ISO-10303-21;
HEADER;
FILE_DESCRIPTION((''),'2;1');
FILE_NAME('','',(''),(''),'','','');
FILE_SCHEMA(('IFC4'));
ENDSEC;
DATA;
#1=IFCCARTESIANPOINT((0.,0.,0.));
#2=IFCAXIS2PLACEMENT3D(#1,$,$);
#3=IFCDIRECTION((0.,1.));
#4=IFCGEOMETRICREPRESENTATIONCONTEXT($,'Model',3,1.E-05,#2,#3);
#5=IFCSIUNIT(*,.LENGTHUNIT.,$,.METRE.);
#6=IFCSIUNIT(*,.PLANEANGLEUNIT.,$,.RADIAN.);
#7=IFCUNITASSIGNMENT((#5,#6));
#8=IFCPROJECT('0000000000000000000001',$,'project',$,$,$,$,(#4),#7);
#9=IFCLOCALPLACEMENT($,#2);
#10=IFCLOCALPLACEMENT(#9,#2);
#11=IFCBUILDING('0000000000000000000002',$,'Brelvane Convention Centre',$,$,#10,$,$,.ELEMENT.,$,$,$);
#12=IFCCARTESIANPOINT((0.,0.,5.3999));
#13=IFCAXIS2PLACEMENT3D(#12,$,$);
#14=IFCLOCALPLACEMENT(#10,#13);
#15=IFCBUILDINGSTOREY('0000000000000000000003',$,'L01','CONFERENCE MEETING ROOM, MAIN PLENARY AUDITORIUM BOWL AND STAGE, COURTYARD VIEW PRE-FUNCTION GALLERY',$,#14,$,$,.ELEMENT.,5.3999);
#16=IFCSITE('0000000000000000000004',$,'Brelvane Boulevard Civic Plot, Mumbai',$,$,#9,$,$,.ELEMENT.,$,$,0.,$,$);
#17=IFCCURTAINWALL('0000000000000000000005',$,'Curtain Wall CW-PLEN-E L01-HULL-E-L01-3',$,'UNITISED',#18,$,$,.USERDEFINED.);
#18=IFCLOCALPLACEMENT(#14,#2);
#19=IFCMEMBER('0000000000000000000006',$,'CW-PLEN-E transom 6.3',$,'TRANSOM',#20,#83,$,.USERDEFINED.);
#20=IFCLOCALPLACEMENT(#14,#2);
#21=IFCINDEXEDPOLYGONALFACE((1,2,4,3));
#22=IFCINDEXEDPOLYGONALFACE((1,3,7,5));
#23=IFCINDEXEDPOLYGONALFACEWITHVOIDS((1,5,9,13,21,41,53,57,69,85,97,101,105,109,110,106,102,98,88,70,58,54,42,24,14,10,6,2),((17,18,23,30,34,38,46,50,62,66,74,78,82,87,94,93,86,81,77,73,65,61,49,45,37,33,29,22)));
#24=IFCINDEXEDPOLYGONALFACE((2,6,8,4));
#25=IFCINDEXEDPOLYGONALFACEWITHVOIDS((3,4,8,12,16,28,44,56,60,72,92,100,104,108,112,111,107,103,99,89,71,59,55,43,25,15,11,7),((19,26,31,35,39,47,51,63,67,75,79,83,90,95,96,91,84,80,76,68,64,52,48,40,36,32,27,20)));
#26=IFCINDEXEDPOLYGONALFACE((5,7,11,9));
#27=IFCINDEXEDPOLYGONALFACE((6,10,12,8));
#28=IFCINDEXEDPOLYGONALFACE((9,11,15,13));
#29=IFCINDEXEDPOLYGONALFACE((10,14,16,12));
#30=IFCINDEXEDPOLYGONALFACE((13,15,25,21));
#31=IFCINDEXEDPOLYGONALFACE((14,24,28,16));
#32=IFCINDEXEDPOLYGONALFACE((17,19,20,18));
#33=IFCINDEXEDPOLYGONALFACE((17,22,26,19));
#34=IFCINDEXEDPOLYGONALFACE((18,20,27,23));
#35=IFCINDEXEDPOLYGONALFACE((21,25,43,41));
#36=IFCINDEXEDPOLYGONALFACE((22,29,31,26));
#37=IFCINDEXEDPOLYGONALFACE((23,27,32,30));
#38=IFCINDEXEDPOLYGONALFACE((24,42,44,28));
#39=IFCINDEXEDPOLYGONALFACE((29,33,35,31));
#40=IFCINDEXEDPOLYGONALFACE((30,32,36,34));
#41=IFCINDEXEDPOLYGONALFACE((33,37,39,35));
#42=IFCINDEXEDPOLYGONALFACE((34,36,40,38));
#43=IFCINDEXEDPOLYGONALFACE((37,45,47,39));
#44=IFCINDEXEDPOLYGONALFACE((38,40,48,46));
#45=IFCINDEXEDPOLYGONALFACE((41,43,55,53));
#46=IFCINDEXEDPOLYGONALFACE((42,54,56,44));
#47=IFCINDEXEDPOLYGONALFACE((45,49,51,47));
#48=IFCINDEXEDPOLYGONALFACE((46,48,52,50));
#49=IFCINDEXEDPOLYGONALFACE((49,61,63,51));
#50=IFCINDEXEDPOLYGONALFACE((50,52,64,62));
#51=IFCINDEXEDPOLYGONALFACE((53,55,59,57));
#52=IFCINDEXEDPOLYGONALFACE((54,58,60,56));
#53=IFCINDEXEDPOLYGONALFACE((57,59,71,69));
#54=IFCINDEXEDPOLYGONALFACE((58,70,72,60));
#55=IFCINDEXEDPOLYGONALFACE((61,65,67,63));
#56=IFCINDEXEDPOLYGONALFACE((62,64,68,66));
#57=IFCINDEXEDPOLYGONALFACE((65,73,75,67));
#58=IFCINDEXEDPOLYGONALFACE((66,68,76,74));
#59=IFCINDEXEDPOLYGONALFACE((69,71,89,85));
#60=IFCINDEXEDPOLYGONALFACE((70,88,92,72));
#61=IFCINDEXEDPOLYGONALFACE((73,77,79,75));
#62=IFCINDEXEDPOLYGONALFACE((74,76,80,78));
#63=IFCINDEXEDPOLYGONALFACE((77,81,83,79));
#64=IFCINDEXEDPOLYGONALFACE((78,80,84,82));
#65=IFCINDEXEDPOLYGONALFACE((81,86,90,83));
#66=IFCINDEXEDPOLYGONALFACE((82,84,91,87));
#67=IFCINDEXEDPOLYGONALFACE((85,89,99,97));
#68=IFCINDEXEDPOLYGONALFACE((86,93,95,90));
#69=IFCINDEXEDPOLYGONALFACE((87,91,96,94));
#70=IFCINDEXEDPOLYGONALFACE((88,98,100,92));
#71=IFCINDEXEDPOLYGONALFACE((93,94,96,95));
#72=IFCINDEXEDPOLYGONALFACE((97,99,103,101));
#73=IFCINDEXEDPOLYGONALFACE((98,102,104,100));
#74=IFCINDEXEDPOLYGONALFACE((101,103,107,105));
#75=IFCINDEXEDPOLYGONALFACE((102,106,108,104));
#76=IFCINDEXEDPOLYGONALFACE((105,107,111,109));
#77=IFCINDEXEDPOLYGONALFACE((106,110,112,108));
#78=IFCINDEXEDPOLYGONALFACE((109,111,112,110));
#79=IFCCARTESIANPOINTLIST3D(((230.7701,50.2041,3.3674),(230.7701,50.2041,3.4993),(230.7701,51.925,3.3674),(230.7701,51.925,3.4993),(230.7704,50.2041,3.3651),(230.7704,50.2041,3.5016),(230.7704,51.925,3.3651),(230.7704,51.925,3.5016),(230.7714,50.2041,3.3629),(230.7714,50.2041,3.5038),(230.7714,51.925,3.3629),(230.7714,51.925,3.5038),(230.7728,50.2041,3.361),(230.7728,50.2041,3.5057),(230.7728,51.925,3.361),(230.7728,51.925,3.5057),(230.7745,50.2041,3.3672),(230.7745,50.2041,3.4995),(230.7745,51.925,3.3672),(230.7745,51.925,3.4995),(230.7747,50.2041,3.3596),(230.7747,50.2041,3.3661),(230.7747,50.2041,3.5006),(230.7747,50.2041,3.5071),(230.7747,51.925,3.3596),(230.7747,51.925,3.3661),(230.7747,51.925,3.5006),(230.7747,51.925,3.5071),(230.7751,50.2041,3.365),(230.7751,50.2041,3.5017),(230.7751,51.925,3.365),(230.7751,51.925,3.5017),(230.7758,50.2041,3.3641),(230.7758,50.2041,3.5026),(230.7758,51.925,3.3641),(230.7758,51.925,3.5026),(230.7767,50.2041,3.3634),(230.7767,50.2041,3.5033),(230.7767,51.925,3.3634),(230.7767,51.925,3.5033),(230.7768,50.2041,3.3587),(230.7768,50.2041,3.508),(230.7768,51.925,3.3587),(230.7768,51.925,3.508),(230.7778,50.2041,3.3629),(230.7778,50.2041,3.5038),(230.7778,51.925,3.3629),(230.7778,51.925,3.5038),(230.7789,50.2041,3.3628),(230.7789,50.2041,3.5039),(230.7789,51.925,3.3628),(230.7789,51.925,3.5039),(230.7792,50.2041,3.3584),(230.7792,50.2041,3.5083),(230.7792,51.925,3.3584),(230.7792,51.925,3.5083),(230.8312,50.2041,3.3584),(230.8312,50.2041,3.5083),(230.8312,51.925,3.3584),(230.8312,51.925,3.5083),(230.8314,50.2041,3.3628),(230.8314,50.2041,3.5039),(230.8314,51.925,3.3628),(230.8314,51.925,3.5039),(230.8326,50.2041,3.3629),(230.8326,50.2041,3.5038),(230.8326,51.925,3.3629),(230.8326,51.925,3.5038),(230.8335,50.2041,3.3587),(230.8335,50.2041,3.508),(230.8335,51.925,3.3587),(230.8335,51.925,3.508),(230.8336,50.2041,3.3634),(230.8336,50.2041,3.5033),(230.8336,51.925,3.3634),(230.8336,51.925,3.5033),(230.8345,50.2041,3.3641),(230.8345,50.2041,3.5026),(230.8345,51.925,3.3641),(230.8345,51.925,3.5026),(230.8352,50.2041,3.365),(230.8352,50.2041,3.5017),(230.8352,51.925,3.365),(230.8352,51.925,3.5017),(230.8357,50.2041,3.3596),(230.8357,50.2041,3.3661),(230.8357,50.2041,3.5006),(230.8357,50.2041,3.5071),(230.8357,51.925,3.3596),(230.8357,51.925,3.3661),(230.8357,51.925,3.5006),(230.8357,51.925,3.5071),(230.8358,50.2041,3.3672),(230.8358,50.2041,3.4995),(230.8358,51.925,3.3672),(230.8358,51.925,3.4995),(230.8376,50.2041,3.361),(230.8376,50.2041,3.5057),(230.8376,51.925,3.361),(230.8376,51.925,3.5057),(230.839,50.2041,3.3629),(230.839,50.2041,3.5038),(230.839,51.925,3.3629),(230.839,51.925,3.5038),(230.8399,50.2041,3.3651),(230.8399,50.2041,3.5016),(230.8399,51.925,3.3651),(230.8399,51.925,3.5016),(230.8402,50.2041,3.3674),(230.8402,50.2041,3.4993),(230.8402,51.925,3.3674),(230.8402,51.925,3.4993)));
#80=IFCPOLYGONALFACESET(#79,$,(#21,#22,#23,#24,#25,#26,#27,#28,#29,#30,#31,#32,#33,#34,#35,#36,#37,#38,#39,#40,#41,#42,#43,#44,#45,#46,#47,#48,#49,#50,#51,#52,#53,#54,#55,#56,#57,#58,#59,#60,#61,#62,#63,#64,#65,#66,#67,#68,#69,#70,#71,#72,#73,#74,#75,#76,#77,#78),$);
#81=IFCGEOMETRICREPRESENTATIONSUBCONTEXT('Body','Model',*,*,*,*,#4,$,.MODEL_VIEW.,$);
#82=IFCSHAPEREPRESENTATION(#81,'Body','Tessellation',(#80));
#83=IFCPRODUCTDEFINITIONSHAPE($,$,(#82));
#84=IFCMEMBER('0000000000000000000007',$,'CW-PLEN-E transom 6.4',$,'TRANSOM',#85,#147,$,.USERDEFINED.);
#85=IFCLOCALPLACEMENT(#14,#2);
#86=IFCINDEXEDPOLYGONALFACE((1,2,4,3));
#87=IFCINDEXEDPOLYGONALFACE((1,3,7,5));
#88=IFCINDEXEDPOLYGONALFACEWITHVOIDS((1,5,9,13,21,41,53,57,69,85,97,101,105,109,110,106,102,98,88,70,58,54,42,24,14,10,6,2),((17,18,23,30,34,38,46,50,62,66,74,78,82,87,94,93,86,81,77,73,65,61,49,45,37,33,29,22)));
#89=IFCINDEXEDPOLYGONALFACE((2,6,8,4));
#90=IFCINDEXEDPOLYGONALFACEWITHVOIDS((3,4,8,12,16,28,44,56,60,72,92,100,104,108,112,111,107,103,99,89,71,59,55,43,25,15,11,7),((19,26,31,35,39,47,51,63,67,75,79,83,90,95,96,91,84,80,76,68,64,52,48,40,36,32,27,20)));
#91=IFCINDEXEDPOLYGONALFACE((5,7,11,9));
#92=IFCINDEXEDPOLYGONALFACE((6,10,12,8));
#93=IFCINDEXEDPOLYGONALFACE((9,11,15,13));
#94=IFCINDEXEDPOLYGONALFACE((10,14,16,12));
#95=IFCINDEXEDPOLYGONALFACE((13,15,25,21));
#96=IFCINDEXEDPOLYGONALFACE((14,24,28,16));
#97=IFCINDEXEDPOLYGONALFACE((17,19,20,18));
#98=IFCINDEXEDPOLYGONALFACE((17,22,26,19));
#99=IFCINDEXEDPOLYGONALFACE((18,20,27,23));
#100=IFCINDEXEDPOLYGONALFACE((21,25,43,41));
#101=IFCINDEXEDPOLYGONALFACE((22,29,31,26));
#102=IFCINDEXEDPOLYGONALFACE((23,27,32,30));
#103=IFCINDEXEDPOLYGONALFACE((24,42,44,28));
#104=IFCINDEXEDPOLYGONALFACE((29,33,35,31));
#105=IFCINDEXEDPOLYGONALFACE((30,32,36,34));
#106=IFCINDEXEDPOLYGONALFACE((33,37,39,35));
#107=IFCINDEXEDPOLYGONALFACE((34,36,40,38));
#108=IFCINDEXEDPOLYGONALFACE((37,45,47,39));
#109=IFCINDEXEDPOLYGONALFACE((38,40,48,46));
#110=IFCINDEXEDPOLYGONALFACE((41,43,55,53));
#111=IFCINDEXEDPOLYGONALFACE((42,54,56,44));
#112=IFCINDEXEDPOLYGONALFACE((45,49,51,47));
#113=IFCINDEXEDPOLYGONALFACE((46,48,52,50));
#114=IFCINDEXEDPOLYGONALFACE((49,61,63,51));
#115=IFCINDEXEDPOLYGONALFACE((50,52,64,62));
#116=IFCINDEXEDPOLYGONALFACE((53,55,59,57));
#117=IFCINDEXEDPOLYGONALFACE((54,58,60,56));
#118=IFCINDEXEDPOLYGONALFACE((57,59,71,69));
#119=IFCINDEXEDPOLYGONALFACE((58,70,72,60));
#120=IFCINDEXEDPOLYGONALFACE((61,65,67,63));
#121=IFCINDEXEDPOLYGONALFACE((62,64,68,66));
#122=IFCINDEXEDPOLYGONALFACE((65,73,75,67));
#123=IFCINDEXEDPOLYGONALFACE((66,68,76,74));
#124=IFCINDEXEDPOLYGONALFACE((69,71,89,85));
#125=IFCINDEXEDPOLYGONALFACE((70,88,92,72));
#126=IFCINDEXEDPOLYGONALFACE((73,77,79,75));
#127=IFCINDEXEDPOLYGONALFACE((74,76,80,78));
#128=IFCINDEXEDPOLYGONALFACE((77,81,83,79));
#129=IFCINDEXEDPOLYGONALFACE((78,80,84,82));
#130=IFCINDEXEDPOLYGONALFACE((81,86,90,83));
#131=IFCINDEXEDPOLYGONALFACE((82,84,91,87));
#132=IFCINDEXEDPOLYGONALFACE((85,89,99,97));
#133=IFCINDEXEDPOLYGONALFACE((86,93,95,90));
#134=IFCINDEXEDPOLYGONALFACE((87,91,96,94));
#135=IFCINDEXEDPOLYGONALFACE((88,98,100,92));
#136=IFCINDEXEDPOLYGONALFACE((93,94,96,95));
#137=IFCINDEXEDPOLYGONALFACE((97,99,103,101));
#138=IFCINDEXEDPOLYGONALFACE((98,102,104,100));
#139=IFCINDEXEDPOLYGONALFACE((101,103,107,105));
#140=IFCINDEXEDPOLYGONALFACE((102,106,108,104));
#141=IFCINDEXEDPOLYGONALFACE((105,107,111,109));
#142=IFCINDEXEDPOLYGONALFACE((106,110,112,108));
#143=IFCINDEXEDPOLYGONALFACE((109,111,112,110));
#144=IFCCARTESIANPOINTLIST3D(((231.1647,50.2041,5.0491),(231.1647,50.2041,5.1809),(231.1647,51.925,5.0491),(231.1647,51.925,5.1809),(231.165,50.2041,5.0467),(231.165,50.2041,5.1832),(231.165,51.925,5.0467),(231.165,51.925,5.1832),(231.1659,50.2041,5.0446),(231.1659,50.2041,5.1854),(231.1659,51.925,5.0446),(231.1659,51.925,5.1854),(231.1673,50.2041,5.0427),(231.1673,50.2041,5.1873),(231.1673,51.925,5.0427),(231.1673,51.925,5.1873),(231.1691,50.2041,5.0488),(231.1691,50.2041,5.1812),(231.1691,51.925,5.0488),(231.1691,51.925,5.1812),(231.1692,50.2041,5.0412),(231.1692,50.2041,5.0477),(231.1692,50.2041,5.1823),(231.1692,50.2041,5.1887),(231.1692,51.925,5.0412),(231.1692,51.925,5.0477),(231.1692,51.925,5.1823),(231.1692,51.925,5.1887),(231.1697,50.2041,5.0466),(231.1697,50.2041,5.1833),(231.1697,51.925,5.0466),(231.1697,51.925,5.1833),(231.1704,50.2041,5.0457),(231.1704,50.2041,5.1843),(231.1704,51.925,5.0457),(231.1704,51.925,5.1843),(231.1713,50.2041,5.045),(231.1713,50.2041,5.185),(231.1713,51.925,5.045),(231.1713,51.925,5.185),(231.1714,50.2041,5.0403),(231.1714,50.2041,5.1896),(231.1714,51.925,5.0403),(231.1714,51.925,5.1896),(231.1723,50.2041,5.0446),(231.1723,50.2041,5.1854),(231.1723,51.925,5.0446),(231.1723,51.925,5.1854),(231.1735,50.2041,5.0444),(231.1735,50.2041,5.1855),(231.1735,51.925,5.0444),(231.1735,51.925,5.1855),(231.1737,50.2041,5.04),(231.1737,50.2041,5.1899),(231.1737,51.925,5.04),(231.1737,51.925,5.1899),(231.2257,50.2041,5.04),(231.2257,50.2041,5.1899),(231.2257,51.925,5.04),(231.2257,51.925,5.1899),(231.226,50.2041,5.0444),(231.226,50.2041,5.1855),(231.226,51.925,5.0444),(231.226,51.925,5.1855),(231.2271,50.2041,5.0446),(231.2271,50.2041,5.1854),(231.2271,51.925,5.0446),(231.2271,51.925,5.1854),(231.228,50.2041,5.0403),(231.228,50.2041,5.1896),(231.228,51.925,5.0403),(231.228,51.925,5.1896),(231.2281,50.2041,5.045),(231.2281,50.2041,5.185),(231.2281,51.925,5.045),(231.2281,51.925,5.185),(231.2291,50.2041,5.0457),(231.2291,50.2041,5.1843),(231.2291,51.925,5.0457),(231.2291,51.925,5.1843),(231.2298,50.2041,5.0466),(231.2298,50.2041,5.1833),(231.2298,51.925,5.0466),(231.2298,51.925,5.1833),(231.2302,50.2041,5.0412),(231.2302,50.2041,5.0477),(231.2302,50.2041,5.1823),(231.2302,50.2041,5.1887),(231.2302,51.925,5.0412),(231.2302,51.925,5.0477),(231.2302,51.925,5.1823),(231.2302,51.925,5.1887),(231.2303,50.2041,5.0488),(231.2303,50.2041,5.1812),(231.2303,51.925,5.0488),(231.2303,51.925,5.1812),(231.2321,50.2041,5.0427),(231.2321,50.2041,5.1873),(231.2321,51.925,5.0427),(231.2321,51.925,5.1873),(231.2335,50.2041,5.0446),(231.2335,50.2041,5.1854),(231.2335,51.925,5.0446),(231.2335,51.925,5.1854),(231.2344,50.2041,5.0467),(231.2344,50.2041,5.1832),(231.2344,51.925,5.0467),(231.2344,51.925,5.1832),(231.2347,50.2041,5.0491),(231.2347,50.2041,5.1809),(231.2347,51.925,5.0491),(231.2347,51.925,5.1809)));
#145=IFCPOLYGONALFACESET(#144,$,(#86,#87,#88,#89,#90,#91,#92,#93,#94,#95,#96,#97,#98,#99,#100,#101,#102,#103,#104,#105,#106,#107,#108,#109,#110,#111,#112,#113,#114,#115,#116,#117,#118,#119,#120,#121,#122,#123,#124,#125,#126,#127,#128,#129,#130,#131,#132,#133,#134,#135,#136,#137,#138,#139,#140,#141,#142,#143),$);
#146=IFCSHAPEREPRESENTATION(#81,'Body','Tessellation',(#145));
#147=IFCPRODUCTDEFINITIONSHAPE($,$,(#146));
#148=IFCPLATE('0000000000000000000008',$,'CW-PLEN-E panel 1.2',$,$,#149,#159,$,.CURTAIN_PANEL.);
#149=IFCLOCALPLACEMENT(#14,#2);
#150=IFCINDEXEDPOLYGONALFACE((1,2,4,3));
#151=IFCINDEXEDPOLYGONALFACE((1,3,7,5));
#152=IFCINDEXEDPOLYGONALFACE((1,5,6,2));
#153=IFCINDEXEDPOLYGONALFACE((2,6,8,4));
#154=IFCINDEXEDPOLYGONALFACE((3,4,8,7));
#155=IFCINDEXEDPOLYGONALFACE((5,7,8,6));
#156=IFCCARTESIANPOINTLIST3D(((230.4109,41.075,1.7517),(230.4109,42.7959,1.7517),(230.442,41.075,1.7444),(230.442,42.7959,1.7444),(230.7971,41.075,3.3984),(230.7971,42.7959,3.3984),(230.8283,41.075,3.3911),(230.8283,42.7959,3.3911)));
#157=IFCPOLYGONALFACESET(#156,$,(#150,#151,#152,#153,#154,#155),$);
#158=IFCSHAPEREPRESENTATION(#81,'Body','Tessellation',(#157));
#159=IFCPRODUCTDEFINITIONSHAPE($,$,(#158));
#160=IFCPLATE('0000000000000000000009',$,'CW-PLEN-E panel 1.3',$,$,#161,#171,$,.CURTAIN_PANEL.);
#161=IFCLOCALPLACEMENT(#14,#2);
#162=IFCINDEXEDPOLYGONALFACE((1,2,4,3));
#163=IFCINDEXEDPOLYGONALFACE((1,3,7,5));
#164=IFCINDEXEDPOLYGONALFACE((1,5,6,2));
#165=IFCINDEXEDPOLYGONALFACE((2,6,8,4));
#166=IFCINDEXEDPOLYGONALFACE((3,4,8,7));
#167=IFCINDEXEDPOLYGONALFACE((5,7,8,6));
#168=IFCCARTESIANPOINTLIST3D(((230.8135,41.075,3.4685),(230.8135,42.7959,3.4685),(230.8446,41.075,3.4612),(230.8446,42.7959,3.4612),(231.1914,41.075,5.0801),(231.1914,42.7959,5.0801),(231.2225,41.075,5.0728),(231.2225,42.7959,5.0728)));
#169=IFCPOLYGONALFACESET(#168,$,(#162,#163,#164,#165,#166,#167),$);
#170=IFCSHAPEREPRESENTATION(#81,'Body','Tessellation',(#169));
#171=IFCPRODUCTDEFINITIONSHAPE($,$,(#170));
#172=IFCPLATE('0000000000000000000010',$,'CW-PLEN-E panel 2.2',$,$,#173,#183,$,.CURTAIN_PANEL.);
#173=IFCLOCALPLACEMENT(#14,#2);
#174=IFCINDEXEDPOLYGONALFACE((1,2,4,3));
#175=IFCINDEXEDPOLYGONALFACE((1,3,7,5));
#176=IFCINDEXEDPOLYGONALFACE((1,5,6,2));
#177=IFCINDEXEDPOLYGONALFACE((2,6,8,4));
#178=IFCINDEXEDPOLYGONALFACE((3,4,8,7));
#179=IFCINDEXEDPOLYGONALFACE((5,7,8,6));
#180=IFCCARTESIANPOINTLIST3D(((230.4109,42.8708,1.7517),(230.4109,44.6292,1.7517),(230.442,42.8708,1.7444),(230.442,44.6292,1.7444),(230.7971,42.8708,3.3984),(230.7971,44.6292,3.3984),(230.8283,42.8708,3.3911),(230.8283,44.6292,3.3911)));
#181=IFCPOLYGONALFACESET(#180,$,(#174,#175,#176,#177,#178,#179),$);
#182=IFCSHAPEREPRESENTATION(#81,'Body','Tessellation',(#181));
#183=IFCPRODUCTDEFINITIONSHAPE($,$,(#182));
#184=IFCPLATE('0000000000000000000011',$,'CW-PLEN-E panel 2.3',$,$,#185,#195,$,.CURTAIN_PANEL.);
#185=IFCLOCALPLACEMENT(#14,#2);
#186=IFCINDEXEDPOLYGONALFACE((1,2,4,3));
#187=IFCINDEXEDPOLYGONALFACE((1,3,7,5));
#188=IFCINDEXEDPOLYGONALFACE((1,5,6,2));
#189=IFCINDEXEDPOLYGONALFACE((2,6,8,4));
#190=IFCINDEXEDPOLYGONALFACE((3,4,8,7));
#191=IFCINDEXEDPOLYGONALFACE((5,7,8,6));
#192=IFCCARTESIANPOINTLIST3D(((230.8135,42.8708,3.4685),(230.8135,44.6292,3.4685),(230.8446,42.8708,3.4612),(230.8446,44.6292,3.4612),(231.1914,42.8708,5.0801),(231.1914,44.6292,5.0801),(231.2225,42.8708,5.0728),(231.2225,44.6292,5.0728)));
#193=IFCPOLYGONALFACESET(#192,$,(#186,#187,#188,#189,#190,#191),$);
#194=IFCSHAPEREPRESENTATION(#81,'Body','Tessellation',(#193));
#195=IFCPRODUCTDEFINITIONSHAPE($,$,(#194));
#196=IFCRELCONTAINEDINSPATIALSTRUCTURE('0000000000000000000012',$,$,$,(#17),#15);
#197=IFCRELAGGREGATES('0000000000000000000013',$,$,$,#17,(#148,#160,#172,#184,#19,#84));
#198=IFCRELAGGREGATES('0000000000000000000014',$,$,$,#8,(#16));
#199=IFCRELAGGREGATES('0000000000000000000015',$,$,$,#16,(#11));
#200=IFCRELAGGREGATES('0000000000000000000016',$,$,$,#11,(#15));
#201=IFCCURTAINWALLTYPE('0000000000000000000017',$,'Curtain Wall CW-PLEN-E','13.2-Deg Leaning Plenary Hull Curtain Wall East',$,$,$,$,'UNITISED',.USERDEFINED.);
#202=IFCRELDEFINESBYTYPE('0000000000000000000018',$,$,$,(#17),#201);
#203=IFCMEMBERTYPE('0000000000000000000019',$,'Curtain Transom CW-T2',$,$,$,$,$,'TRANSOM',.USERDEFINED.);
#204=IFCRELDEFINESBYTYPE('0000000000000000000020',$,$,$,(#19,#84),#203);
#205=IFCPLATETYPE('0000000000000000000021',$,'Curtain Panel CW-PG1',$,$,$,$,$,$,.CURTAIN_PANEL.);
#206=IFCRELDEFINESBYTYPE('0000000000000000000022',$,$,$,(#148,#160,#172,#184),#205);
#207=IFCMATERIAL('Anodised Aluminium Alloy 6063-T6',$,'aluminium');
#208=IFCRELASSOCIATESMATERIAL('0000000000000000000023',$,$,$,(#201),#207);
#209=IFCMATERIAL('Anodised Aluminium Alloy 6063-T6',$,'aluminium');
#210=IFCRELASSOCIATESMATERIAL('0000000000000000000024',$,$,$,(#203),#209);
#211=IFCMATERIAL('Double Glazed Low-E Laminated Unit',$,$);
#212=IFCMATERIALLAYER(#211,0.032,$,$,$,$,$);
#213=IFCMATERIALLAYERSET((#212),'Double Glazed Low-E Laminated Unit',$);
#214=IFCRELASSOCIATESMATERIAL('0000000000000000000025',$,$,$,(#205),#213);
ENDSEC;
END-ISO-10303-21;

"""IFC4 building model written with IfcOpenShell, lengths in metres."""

from ifc_helpers import new_model, si_unit, direction, frame, origin, origin_2d, place, context, subcontext, project, spatial, polyline, hollow_rectangle, outline, extrude, material, layer, layer_set, material_profile, profile_set, type_object, element, aggregate, save


model = new_model("IFC4")

# Units and contexts
model_context = context("Model", 3, precision=1e-05, world=origin(), true_north=direction((0.0, 1.0)))
body_context = subcontext(model_context, "Body", "Model", "MODEL_VIEW")
ifc_project = project(units=[si_unit("LENGTHUNIT", "METRE"), si_unit("PLANEANGLEUNIT", "RADIAN")], contexts=[model_context])

# Site, building, storey
site_placement = place(None, origin())
site = spatial("IfcSite", under=ifc_project, at=site_placement, Name="Brelvane Boulevard Civic Plot, Mumbai", CompositionType="ELEMENT", RefElevation=0.0)
building_placement = place(site_placement, origin())
building = spatial("IfcBuilding", under=site, at=building_placement, Name="Brelvane Convention Centre", CompositionType="ELEMENT")
storey_placement = place(building_placement, frame((0.0, 0.0, 5.3999)))
storey = spatial("IfcBuildingStorey", under=building, at=storey_placement, Name="L01", Description="CONFERENCE MEETING ROOM, MAIN PLENARY AUDITORIUM BOWL AND STAGE, COURTYARD VIEW PRE-FUNCTION GALLERY", CompositionType="ELEMENT", Elevation=5.3999)

# Curtain wall, members, plates
ifc_material_1 = material(Name="Anodised Aluminium Alloy 6063-T6", Category="aluminium")
curtain_wall_type = type_object("IfcCurtainWallType", Name="Curtain Wall CW-PLEN-E", Description="13.2-Deg Leaning Plenary Hull Curtain Wall East", ElementType="UNITISED", PredefinedType="USERDEFINED", material=ifc_material_1)
curtain_wall_placement = place(storey_placement, origin())
curtain_wall = element("IfcCurtainWall", 1, at=curtain_wall_placement, inside=storey, type_object=curtain_wall_type, Name="Curtain Wall CW-PLEN-E L01-HULL-E-L01-3", ObjectType="UNITISED", PredefinedType="USERDEFINED")
ifc_material_2 = material(Name="Anodised Aluminium Alloy 6063-T6", Category="aluminium")
ifc_material_profile = material_profile(ifc_material_2, hollow_rectangle(XDim=0.0701, YDim=0.1499, WallThickness=0.0044, InnerFilletRadius=0.0044, OuterFilletRadius=0.009, at=origin_2d()), Name="ALU-T 150x70x4.5")
ifc_profile_set = profile_set([ifc_material_profile], Name="Anodised Aluminium Alloy 6063-T6")
member_type = type_object("IfcMemberType", Name="Curtain Transom CW-T2", ElementType="TRANSOM", PredefinedType="USERDEFINED", material=ifc_profile_set)
member_1_placement = place(storey_placement, frame((230.8052, 50.2041, 3.4333), z_axis=(0.0, 1.0, 0.0), x_axis=(-1.0, 0.0, 0.0)))
member_1 = element("IfcMember", 2, at=member_1_placement, type_object=member_type, Name="CW-PLEN-E transom 6.3", ObjectType="TRANSOM", PredefinedType="USERDEFINED", context=body_context, shape_type="SweptSolid", body=[
    extrude(hollow_rectangle(XDim=0.0701, YDim=0.1499, WallThickness=0.0044, InnerFilletRadius=0.0044, OuterFilletRadius=0.009, at=origin_2d()), origin(), (0.0, 0.0, 1.0), 1.7209),
])
member_2_placement = place(storey_placement, frame((231.1997, 50.2041, 5.115), z_axis=(0.0, 1.0, 0.0), x_axis=(-1.0, 0.0, 0.0)))
member_2 = element("IfcMember", 3, at=member_2_placement, type_object=member_type, Name="CW-PLEN-E transom 6.4", ObjectType="TRANSOM", PredefinedType="USERDEFINED", context=body_context, shape_type="SweptSolid", body=[
    extrude(hollow_rectangle(XDim=0.0701, YDim=0.1499, WallThickness=0.0044, InnerFilletRadius=0.0044, OuterFilletRadius=0.009, at=origin_2d()), origin(), (0.0, 0.0, 1.0), 1.7209),
])
ifc_material_3 = material(Name="Double Glazed Low-E Laminated Unit")
ifc_layer_1 = layer(ifc_material_3, 0.032)
ifc_layer_set_1 = layer_set([ifc_layer_1], Name="Double Glazed Low-E Laminated Unit")
plate_type_1 = type_object("IfcPlateType", Name="Curtain Panel CW-PG1", PredefinedType="CURTAIN_PANEL", material=ifc_layer_set_1)
plate_1_placement = place(storey_placement, frame((230.4109, 41.075, 1.7517), z_axis=(-0.97358, 0.0, 0.228347), x_axis=(0.0, 1.0, 0.0)))
plate_1 = element("IfcPlate", 4, at=plate_1_placement, type_object=plate_type_1, Name="CW-PLEN-E panel 1.2", PredefinedType="CURTAIN_PANEL", context=body_context, shape_type="SweptSolid", body=[
    extrude(outline(polyline([(0.0, 0.0), (1.7209, 0.0), (1.7209, -1.6914), (0.0, -1.6914), (0.0, 0.0)])), origin(), (0.0, 0.0, -1.0), 0.032),
])
plate_2_placement = place(storey_placement, frame((230.8135, 41.075, 3.4685), z_axis=(-0.973587, 0.0, 0.228316), x_axis=(0.0, 1.0, 0.0)))
plate_2 = element("IfcPlate", 5, at=plate_2_placement, type_object=plate_type_1, Name="CW-PLEN-E panel 1.3", PredefinedType="CURTAIN_PANEL", context=body_context, shape_type="SweptSolid", body=[
    extrude(outline(polyline([(0.0, 0.0), (1.7209, 0.0), (1.7209, -1.6553), (0.0, -1.6553), (0.0, 0.0)])), origin(), (0.0, 0.0, -1.0), 0.032),
])
plate_3_placement = place(storey_placement, frame((230.4109, 42.8708, 1.7517), z_axis=(-0.97358, 0.0, 0.228347), x_axis=(0.0, 1.0, 0.0)))
plate_3 = element("IfcPlate", 6, at=plate_3_placement, type_object=plate_type_1, Name="CW-PLEN-E panel 2.2", PredefinedType="CURTAIN_PANEL", context=body_context, shape_type="SweptSolid", body=[
    extrude(outline(polyline([(0.0, 0.0), (1.7583, 0.0), (1.7583, -1.6914), (0.0, -1.6914), (0.0, 0.0)])), origin(), (0.0, 0.0, -1.0), 0.032),
])
plate_4_placement = place(storey_placement, frame((230.8135, 42.8708, 3.4685), z_axis=(-0.973587, 0.0, 0.228316), x_axis=(0.0, 1.0, 0.0)))
plate_4 = element("IfcPlate", 7, at=plate_4_placement, type_object=plate_type_1, Name="CW-PLEN-E panel 2.3", PredefinedType="CURTAIN_PANEL", context=body_context, shape_type="SweptSolid", body=[
    extrude(outline(polyline([(0.0, 0.0), (1.7583, 0.0), (1.7583, -1.6553), (0.0, -1.6553), (0.0, 0.0)])), origin(), (0.0, 0.0, -1.0), 0.032),
])
aggregate(curtain_wall, [plate_1, plate_2, plate_3, plate_4, member_1, member_2])

save(model, "model.ifc")
